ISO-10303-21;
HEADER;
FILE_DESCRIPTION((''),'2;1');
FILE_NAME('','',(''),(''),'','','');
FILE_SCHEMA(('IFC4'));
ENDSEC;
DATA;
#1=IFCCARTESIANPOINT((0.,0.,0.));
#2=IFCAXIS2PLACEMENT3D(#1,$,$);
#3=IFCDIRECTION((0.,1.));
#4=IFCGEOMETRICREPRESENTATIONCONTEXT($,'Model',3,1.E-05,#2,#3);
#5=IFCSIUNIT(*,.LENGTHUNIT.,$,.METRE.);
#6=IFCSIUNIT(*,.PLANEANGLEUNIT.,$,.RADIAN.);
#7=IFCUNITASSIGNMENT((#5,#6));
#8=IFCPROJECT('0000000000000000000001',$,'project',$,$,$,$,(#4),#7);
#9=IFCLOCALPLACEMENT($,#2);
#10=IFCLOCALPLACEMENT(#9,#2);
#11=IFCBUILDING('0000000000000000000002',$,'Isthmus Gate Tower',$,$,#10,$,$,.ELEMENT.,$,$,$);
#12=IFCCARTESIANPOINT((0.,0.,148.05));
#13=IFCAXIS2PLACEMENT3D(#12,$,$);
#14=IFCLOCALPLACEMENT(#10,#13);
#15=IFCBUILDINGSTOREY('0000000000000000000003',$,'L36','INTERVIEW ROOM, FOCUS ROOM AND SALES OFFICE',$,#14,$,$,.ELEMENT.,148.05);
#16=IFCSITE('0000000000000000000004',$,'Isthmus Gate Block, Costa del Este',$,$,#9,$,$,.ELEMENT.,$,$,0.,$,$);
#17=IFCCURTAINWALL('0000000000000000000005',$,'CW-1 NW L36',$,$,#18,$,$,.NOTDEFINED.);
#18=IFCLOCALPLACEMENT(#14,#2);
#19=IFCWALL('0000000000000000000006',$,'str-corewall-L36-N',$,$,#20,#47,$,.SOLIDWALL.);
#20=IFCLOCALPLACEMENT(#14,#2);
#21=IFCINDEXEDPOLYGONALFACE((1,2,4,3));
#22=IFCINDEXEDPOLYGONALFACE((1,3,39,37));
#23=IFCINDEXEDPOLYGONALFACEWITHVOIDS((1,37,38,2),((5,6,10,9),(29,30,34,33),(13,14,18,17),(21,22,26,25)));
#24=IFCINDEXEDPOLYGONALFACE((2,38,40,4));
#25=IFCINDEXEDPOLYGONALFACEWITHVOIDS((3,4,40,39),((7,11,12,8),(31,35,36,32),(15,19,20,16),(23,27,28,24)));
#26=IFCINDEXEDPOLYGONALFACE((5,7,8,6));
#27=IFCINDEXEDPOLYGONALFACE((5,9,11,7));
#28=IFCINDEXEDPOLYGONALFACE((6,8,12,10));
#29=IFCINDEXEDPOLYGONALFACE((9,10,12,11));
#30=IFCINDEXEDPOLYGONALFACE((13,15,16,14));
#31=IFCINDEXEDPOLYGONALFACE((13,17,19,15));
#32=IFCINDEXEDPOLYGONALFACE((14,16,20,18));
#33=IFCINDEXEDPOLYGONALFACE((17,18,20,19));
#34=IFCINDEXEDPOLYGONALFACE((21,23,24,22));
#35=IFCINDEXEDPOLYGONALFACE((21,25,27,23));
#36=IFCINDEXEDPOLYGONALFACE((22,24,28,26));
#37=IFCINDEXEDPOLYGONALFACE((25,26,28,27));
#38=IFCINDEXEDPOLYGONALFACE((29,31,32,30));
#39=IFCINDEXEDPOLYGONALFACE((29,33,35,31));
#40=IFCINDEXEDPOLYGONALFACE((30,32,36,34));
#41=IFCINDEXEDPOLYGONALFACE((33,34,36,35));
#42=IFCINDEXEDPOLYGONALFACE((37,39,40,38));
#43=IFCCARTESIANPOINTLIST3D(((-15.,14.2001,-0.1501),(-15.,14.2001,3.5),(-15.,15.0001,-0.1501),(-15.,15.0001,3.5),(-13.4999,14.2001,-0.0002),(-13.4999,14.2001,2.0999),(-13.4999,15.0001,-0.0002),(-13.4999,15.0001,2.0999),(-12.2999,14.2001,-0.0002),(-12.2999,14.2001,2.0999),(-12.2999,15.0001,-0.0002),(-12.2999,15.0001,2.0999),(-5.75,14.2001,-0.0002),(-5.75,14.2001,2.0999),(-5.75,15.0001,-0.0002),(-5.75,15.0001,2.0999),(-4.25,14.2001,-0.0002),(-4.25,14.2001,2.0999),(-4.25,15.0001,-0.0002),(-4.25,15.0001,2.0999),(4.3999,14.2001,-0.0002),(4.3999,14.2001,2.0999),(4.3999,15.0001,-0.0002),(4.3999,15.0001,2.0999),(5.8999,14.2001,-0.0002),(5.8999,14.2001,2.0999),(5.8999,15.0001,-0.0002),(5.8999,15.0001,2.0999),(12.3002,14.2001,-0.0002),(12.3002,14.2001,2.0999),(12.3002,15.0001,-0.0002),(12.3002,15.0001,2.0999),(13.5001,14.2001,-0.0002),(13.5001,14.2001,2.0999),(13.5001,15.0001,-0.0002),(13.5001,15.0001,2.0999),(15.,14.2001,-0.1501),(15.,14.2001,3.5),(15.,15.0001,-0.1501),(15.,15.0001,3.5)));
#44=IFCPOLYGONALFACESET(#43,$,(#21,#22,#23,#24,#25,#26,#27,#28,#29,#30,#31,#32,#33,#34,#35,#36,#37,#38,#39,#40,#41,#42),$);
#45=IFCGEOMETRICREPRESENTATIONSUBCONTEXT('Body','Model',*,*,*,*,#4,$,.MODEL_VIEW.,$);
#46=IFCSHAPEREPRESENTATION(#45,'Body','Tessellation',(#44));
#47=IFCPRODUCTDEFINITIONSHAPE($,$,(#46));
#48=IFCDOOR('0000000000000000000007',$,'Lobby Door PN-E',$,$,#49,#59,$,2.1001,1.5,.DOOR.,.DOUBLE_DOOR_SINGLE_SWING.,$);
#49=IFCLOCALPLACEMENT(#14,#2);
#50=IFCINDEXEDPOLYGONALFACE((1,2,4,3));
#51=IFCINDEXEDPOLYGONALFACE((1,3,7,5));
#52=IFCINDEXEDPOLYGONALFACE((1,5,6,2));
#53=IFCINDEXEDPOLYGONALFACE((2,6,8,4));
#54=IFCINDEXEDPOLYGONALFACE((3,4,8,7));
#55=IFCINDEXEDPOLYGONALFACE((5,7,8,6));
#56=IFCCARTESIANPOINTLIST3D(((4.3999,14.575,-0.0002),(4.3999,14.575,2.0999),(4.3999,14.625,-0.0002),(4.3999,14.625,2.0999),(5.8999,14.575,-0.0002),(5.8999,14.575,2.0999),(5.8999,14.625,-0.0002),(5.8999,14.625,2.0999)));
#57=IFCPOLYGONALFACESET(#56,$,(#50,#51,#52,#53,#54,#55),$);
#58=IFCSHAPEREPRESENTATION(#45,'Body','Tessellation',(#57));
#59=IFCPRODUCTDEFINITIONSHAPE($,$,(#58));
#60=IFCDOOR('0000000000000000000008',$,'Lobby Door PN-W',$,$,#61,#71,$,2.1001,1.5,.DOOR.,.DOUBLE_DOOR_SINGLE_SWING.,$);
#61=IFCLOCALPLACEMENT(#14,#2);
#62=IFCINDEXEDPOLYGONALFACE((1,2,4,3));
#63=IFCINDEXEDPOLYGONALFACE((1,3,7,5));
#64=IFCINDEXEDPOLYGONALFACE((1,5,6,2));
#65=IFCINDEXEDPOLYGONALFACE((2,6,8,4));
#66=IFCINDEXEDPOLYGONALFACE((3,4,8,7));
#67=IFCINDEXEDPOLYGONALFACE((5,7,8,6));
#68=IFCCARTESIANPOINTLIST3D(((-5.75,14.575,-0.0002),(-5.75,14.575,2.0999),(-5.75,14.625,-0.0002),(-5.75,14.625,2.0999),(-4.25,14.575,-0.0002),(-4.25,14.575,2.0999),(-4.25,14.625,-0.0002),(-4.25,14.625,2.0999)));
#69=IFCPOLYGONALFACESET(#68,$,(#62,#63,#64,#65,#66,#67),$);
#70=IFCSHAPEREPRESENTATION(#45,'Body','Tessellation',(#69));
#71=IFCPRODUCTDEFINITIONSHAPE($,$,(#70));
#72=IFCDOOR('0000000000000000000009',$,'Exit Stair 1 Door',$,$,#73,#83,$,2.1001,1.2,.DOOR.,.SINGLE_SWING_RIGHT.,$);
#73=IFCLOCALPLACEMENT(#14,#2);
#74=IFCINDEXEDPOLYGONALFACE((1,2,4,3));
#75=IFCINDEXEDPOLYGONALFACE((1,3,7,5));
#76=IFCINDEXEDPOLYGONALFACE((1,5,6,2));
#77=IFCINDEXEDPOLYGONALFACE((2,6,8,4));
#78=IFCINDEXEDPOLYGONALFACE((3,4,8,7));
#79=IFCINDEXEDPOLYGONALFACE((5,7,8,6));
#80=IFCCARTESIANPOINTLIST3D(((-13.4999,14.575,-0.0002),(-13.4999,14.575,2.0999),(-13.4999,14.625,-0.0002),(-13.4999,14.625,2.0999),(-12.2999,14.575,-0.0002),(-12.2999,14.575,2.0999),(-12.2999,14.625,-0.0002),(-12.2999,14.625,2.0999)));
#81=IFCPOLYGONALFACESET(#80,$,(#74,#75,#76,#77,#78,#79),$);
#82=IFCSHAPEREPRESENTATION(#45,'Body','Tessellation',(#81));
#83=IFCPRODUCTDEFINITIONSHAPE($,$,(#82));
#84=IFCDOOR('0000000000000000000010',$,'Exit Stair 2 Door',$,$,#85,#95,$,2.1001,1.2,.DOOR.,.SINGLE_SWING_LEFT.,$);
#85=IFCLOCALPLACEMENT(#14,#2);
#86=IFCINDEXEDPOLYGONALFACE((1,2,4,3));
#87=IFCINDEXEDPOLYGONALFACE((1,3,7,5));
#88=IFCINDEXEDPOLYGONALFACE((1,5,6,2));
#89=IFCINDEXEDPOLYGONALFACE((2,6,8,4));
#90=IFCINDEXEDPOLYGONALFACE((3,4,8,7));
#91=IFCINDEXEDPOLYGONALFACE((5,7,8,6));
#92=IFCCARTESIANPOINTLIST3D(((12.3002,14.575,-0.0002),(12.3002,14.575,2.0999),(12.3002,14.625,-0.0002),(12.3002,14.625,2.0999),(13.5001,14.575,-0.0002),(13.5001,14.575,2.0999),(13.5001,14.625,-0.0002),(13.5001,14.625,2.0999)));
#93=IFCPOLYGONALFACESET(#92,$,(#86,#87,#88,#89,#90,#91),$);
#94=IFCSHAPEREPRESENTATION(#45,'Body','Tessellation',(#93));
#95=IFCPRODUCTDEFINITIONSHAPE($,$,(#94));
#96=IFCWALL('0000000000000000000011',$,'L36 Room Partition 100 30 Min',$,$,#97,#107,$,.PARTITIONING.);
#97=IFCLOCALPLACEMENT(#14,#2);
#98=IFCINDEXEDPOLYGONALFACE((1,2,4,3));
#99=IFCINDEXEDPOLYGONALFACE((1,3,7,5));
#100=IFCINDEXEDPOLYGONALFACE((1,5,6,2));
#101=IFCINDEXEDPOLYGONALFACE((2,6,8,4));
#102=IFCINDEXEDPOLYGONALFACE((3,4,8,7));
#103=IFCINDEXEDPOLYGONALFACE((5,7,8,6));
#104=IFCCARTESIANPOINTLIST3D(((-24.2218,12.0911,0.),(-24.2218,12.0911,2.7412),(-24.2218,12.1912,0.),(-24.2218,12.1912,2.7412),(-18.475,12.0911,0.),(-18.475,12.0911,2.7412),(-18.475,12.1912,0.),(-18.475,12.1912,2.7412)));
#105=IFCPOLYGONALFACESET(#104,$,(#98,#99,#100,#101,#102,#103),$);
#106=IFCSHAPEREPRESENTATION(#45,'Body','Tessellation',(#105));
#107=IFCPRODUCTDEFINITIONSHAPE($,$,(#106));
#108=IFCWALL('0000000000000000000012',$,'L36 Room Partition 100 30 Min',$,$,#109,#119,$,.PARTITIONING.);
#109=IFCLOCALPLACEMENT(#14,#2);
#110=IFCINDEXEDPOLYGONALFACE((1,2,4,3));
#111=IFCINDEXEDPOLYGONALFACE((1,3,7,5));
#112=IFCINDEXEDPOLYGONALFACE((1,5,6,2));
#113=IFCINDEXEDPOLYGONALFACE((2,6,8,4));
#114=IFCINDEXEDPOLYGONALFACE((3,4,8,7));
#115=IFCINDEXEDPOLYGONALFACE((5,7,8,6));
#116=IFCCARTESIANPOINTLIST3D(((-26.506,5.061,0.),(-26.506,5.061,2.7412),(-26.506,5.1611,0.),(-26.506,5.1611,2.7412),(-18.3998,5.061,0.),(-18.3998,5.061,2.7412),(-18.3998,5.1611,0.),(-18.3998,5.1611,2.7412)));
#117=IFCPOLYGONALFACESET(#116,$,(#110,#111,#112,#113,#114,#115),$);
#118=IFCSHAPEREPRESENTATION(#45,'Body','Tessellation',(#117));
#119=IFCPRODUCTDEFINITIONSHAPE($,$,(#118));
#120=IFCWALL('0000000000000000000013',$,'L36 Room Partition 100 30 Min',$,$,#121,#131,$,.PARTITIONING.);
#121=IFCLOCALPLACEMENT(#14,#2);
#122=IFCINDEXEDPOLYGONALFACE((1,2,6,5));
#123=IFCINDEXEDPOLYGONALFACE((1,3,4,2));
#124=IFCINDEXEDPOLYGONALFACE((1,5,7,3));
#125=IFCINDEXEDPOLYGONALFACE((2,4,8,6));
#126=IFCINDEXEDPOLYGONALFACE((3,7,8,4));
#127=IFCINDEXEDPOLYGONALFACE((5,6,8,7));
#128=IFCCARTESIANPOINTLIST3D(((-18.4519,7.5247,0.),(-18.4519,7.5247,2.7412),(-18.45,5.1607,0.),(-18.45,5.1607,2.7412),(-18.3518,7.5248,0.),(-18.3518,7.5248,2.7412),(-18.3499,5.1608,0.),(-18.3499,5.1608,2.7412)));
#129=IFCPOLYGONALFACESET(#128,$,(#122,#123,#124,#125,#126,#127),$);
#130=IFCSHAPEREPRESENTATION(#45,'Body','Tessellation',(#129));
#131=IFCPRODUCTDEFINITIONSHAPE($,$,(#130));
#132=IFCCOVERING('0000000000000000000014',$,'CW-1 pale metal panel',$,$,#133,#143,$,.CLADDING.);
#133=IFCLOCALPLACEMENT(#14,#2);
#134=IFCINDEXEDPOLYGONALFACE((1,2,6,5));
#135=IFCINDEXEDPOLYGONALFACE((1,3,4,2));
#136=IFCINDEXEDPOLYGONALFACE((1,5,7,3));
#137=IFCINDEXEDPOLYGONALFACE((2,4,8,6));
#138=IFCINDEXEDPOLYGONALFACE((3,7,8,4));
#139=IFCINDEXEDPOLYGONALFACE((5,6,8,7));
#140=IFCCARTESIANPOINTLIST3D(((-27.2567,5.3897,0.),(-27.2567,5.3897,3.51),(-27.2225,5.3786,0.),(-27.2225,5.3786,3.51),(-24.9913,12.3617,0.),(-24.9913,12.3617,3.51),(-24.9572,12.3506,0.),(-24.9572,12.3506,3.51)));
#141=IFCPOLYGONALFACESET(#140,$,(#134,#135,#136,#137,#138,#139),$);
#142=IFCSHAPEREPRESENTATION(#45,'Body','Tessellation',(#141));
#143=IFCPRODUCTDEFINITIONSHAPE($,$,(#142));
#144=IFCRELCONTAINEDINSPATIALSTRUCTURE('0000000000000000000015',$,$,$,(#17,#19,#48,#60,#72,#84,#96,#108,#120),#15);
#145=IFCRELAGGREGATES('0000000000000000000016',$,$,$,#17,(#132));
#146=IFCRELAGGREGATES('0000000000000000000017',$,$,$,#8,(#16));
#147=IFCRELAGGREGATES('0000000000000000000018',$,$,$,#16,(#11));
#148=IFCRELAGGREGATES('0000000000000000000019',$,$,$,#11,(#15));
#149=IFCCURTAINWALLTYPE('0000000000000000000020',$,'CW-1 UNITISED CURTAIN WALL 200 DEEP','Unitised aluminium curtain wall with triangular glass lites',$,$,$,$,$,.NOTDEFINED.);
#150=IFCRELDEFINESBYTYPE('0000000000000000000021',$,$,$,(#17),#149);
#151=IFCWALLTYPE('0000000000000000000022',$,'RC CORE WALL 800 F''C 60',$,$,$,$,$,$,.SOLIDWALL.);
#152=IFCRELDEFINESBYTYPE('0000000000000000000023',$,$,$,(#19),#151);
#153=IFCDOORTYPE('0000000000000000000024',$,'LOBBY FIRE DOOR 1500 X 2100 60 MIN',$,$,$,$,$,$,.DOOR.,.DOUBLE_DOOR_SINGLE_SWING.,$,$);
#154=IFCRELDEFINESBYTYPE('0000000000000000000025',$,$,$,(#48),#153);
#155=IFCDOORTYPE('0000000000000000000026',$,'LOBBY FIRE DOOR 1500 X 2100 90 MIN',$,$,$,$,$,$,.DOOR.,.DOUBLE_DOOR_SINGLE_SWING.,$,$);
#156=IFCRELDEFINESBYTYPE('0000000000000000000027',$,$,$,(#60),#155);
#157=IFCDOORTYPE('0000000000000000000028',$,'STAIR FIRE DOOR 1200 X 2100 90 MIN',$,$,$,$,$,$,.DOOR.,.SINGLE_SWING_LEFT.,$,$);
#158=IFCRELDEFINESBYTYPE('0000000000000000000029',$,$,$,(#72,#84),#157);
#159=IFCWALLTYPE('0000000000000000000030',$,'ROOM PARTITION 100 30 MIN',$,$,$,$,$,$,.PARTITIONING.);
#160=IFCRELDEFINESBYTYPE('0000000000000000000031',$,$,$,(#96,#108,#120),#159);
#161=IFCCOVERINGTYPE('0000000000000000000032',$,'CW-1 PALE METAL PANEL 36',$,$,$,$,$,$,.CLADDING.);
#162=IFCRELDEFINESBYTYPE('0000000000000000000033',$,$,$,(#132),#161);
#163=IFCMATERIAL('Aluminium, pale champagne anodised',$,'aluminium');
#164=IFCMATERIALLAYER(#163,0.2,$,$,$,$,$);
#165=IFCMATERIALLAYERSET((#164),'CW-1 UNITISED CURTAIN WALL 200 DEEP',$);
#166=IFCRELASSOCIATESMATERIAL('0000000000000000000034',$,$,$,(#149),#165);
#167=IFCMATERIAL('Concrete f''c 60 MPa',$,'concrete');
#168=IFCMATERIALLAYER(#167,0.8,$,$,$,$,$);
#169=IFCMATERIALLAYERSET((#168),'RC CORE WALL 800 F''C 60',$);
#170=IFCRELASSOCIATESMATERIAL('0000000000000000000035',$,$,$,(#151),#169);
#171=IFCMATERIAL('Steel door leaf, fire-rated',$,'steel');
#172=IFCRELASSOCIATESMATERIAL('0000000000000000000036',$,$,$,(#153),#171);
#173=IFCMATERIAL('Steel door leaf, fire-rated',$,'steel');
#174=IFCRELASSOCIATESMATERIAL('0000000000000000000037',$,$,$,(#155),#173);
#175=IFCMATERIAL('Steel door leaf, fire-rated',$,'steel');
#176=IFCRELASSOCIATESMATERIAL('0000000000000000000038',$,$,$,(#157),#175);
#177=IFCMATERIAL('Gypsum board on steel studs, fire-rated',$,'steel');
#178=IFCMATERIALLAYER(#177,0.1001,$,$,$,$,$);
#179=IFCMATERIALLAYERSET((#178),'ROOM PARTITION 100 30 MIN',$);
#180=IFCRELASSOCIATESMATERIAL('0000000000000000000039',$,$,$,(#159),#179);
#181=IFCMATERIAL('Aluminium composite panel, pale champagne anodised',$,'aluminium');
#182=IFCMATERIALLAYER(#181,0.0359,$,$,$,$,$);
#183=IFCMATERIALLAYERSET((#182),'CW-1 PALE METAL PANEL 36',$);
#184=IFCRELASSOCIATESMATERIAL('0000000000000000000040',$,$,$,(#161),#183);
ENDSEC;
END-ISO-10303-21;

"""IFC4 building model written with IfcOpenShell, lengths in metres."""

from ifc_helpers import new_model, si_unit, direction, frame, frame_2d, origin, origin_2d, place, context, subcontext, project, spatial, rectangle, extrude, material, layer, layer_set, type_object, element, fill, aggregate, save


model = new_model("IFC4")

# Units and contexts
model_context = context("Model", 3, precision=1e-05, world=origin(), true_north=direction((0.0, 1.0)))
body_context = subcontext(model_context, "Body", "Model", "MODEL_VIEW")
ifc_project = project(units=[si_unit("LENGTHUNIT", "METRE"), si_unit("PLANEANGLEUNIT", "RADIAN")], contexts=[model_context])

# Site, building, storey
site_placement = place(None, origin())
site = spatial("IfcSite", under=ifc_project, at=site_placement, Name="Isthmus Gate Block, Costa del Este", CompositionType="ELEMENT", RefElevation=0.0)
building_placement = place(site_placement, origin())
building = spatial("IfcBuilding", under=site, at=building_placement, Name="Isthmus Gate Tower", CompositionType="ELEMENT")
storey_placement = place(building_placement, frame((0.0, 0.0, 148.05)))
storey = spatial("IfcBuildingStorey", under=building, at=storey_placement, Name="L36", Description="INTERVIEW ROOM, FOCUS ROOM AND SALES OFFICE", CompositionType="ELEMENT", Elevation=148.05)

# Curtain wall
ifc_material_1 = material(Name="Aluminium, pale champagne anodised", Category="aluminium")
ifc_layer_1 = layer(ifc_material_1, 0.2)
ifc_layer_set_1 = layer_set([ifc_layer_1], Name="CW-1 UNITISED CURTAIN WALL 200 DEEP")
curtain_wall_type = type_object("IfcCurtainWallType", Name="CW-1 UNITISED CURTAIN WALL 200 DEEP", Description="Unitised aluminium curtain wall with triangular glass lites", PredefinedType="NOTDEFINED", material=ifc_layer_set_1)
curtain_wall_placement = place(storey_placement, origin())
curtain_wall = element("IfcCurtainWall", 1, at=curtain_wall_placement, inside=storey, type_object=curtain_wall_type, Name="CW-1 NW L36", PredefinedType="NOTDEFINED")

# Wall, openings, doors
ifc_material_2 = material(Name="Concrete f'c 60 MPa", Category="concrete")
ifc_layer_2 = layer(ifc_material_2, 0.8)
ifc_layer_set_2 = layer_set([ifc_layer_2], Name="RC CORE WALL 800 F'C 60")
wall_type_1 = type_object("IfcWallType", Name="RC CORE WALL 800 F'C 60", PredefinedType="SOLIDWALL", material=ifc_layer_set_2)
wall_1_placement = place(storey_placement, frame((-15.0, 14.6001, -0.1501), z_axis=(0.0, 0.0, 1.0), x_axis=(1.0, 0.0, 0.0)))
wall_1 = element("IfcWall", 2, at=wall_1_placement, inside=storey, type_object=wall_type_1, Name="str-corewall-L36-N", PredefinedType="SOLIDWALL", context=body_context, shape_type="SweptSolid", body=[
    extrude(rectangle(XDim=30.0, YDim=0.8, at=frame_2d((15.0, 0.0))), origin(), (0.0, 0.0, 1.0), 3.6501),
])
opening_1_placement = place(wall_1_placement, frame((9.25, 0.0, 0.1499)))
opening_1 = element("IfcOpeningElement", 3, at=opening_1_placement, cuts=wall_1, PredefinedType="OPENING", context=body_context, shape_type="SweptSolid", body=[
    extrude(rectangle(XDim=1.5, YDim=2.1001, at=frame_2d((0.75, 1.05))), frame((0.0, 0.4099, 0.0), z_axis=(0.0, -1.0, 0.0), x_axis=(1.0, 0.0, 0.0)), (0.0, 0.0, 1.0), 0.8201),
])
opening_2_placement = place(wall_1_placement, frame((19.3999, 0.0, 0.1499)))
opening_2 = element("IfcOpeningElement", 4, at=opening_2_placement, cuts=wall_1, PredefinedType="OPENING", context=body_context, shape_type="SweptSolid", body=[
    extrude(rectangle(XDim=1.5, YDim=2.1001, at=frame_2d((0.75, 1.05))), frame((0.0, 0.4099, 0.0), z_axis=(0.0, -1.0, 0.0), x_axis=(1.0, 0.0, 0.0)), (0.0, 0.0, 1.0), 0.8201),
])
opening_3_placement = place(wall_1_placement, frame((1.5, 0.0, 0.1499)))
opening_3 = element("IfcOpeningElement", 5, at=opening_3_placement, cuts=wall_1, PredefinedType="OPENING", context=body_context, shape_type="SweptSolid", body=[
    extrude(rectangle(XDim=1.2, YDim=2.1001, at=frame_2d((0.6001, 1.05))), frame((0.0, 0.4099, 0.0), z_axis=(0.0, -1.0, 0.0), x_axis=(1.0, 0.0, 0.0)), (0.0, 0.0, 1.0), 0.8201),
])
opening_4_placement = place(wall_1_placement, frame((27.3, 0.0, 0.1499)))
opening_4 = element("IfcOpeningElement", 6, at=opening_4_placement, cuts=wall_1, PredefinedType="OPENING", context=body_context, shape_type="SweptSolid", body=[
    extrude(rectangle(XDim=1.2, YDim=2.1001, at=frame_2d((0.6001, 1.05))), frame((0.0, 0.4099, 0.0), z_axis=(0.0, -1.0, 0.0), x_axis=(1.0, 0.0, 0.0)), (0.0, 0.0, 1.0), 0.8201),
])
ifc_material_3 = material(Name="Steel door leaf, fire-rated", Category="steel")
door_type_1 = type_object("IfcDoorType", Name="LOBBY FIRE DOOR 1500 X 2100 60 MIN", OperationType="DOUBLE_DOOR_SINGLE_SWING", PredefinedType="DOOR", material=ifc_material_3)
door_1_placement = place(opening_2_placement, origin())
door_1 = element("IfcDoor", 7, at=door_1_placement, inside=storey, type_object=door_type_1, Name="Lobby Door PN-E", OperationType="DOUBLE_DOOR_SINGLE_SWING", OverallHeight=2.1001, OverallWidth=1.5, PredefinedType="DOOR", context=body_context, shape_type="SweptSolid", body=[
    extrude(rectangle(XDim=1.5, YDim=2.1001, at=frame_2d((0.75, 1.05))), frame((0.0, 0.0249, 0.0), z_axis=(0.0, -1.0, 0.0), x_axis=(1.0, 0.0, 0.0)), (0.0, 0.0, 1.0), 0.05),
])
fill(opening_2, door_1)
ifc_material_4 = material(Name="Steel door leaf, fire-rated", Category="steel")
door_type_2 = type_object("IfcDoorType", Name="LOBBY FIRE DOOR 1500 X 2100 90 MIN", OperationType="DOUBLE_DOOR_SINGLE_SWING", PredefinedType="DOOR", material=ifc_material_4)
door_2_placement = place(opening_1_placement, origin())
door_2 = element("IfcDoor", 8, at=door_2_placement, inside=storey, type_object=door_type_2, Name="Lobby Door PN-W", OperationType="DOUBLE_DOOR_SINGLE_SWING", OverallHeight=2.1001, OverallWidth=1.5, PredefinedType="DOOR", context=body_context, shape_type="SweptSolid", body=[
    extrude(rectangle(XDim=1.5, YDim=2.1001, at=frame_2d((0.75, 1.05))), frame((0.0, 0.0249, 0.0), z_axis=(0.0, -1.0, 0.0), x_axis=(1.0, 0.0, 0.0)), (0.0, 0.0, 1.0), 0.05),
])
fill(opening_1, door_2)
ifc_material_5 = material(Name="Steel door leaf, fire-rated", Category="steel")
door_type_3 = type_object("IfcDoorType", Name="STAIR FIRE DOOR 1200 X 2100 90 MIN", OperationType="SINGLE_SWING_LEFT", PredefinedType="DOOR", material=ifc_material_5)
door_3_placement = place(opening_3_placement, origin())
door_3 = element("IfcDoor", 9, at=door_3_placement, inside=storey, type_object=door_type_3, Name="Exit Stair 1 Door", OperationType="SINGLE_SWING_RIGHT", OverallHeight=2.1001, OverallWidth=1.2, PredefinedType="DOOR", context=body_context, shape_type="SweptSolid", body=[
    extrude(rectangle(XDim=1.2, YDim=2.1001, at=frame_2d((0.6001, 1.05))), frame((0.0, 0.0249, 0.0), z_axis=(0.0, -1.0, 0.0), x_axis=(1.0, 0.0, 0.0)), (0.0, 0.0, 1.0), 0.05),
])
fill(opening_3, door_3)
door_4_placement = place(opening_4_placement, origin())
door_4 = element("IfcDoor", 10, at=door_4_placement, inside=storey, type_object=door_type_3, Name="Exit Stair 2 Door", OperationType="SINGLE_SWING_LEFT", OverallHeight=2.1001, OverallWidth=1.2, PredefinedType="DOOR", context=body_context, shape_type="SweptSolid", body=[
    extrude(rectangle(XDim=1.2, YDim=2.1001, at=frame_2d((0.6001, 1.05))), frame((0.0, 0.0249, 0.0), z_axis=(0.0, -1.0, 0.0), x_axis=(1.0, 0.0, 0.0)), (0.0, 0.0, 1.0), 0.05),
])
fill(opening_4, door_4)

# Walls
ifc_material_6 = material(Name="Gypsum board on steel studs, fire-rated", Category="steel")
ifc_layer_3 = layer(ifc_material_6, 0.1001)
ifc_layer_set_3 = layer_set([ifc_layer_3], Name="ROOM PARTITION 100 30 MIN")
wall_type_2 = type_object("IfcWallType", Name="ROOM PARTITION 100 30 MIN", PredefinedType="PARTITIONING", material=ifc_layer_set_3)
wall_2_placement = place(storey_placement, frame((-24.2219, 12.1411, 0.0), z_axis=(0.0, 0.0, 1.0), x_axis=(1.0, 0.0, 0.0)))
element("IfcWall", 11, at=wall_2_placement, inside=storey, type_object=wall_type_2, Name="L36 Room Partition 100 30 Min", PredefinedType="PARTITIONING", context=body_context, shape_type="SweptSolid", body=[
    extrude(rectangle(XDim=5.7468, YDim=0.1001, at=frame_2d((2.8735, 0.0))), origin(), (0.0, 0.0, 1.0), 2.7412),
])
wall_3_placement = place(storey_placement, frame((-26.5061, 5.1111, 0.0), z_axis=(0.0, 0.0, 1.0), x_axis=(1.0, 0.0, 0.0)))
element("IfcWall", 12, at=wall_3_placement, inside=storey, type_object=wall_type_2, Name="L36 Room Partition 100 30 Min", PredefinedType="PARTITIONING", context=body_context, shape_type="SweptSolid", body=[
    extrude(rectangle(XDim=8.1062, YDim=0.1001, at=frame_2d((4.0532, 0.0))), origin(), (0.0, 0.0, 1.0), 2.7412),
])
wall_4_placement = place(storey_placement, frame((-18.4019, 7.5249, 0.0), z_axis=(0.0, 0.0, 1.0), x_axis=(0.000826, -1.0, 0.0)))
element("IfcWall", 13, at=wall_4_placement, inside=storey, type_object=wall_type_2, Name="L36 Room Partition 100 30 Min", PredefinedType="PARTITIONING", context=body_context, shape_type="SweptSolid", body=[
    extrude(rectangle(XDim=2.364, YDim=0.1001, at=frame_2d((1.1821, 0.0))), origin(), (0.0, 0.0, 1.0), 2.7412),
])

# Covering
ifc_material_7 = material(Name="Aluminium composite panel, pale champagne anodised", Category="aluminium")
ifc_layer_4 = layer(ifc_material_7, 0.0359)
ifc_layer_set_4 = layer_set([ifc_layer_4], Name="CW-1 PALE METAL PANEL 36")
covering_type = type_object("IfcCoveringType", Name="CW-1 PALE METAL PANEL 36", PredefinedType="CLADDING", material=ifc_layer_set_4)
covering_placement = place(storey_placement, frame((-26.1069, 8.8701, 0.0), z_axis=(0.0, 0.0, 1.0), x_axis=(-0.309017, -0.951057, 0.0)))
covering = element("IfcCovering", 14, at=covering_placement, type_object=covering_type, Name="CW-1 pale metal panel", PredefinedType="CLADDING", context=body_context, shape_type="SweptSolid", body=[
    extrude(rectangle(XDim=7.3308, YDim=0.0359, at=origin_2d()), origin(), (0.0, 0.0, 1.0), 3.51),
])
aggregate(curtain_wall, [covering])

save(model, "model.ifc")
